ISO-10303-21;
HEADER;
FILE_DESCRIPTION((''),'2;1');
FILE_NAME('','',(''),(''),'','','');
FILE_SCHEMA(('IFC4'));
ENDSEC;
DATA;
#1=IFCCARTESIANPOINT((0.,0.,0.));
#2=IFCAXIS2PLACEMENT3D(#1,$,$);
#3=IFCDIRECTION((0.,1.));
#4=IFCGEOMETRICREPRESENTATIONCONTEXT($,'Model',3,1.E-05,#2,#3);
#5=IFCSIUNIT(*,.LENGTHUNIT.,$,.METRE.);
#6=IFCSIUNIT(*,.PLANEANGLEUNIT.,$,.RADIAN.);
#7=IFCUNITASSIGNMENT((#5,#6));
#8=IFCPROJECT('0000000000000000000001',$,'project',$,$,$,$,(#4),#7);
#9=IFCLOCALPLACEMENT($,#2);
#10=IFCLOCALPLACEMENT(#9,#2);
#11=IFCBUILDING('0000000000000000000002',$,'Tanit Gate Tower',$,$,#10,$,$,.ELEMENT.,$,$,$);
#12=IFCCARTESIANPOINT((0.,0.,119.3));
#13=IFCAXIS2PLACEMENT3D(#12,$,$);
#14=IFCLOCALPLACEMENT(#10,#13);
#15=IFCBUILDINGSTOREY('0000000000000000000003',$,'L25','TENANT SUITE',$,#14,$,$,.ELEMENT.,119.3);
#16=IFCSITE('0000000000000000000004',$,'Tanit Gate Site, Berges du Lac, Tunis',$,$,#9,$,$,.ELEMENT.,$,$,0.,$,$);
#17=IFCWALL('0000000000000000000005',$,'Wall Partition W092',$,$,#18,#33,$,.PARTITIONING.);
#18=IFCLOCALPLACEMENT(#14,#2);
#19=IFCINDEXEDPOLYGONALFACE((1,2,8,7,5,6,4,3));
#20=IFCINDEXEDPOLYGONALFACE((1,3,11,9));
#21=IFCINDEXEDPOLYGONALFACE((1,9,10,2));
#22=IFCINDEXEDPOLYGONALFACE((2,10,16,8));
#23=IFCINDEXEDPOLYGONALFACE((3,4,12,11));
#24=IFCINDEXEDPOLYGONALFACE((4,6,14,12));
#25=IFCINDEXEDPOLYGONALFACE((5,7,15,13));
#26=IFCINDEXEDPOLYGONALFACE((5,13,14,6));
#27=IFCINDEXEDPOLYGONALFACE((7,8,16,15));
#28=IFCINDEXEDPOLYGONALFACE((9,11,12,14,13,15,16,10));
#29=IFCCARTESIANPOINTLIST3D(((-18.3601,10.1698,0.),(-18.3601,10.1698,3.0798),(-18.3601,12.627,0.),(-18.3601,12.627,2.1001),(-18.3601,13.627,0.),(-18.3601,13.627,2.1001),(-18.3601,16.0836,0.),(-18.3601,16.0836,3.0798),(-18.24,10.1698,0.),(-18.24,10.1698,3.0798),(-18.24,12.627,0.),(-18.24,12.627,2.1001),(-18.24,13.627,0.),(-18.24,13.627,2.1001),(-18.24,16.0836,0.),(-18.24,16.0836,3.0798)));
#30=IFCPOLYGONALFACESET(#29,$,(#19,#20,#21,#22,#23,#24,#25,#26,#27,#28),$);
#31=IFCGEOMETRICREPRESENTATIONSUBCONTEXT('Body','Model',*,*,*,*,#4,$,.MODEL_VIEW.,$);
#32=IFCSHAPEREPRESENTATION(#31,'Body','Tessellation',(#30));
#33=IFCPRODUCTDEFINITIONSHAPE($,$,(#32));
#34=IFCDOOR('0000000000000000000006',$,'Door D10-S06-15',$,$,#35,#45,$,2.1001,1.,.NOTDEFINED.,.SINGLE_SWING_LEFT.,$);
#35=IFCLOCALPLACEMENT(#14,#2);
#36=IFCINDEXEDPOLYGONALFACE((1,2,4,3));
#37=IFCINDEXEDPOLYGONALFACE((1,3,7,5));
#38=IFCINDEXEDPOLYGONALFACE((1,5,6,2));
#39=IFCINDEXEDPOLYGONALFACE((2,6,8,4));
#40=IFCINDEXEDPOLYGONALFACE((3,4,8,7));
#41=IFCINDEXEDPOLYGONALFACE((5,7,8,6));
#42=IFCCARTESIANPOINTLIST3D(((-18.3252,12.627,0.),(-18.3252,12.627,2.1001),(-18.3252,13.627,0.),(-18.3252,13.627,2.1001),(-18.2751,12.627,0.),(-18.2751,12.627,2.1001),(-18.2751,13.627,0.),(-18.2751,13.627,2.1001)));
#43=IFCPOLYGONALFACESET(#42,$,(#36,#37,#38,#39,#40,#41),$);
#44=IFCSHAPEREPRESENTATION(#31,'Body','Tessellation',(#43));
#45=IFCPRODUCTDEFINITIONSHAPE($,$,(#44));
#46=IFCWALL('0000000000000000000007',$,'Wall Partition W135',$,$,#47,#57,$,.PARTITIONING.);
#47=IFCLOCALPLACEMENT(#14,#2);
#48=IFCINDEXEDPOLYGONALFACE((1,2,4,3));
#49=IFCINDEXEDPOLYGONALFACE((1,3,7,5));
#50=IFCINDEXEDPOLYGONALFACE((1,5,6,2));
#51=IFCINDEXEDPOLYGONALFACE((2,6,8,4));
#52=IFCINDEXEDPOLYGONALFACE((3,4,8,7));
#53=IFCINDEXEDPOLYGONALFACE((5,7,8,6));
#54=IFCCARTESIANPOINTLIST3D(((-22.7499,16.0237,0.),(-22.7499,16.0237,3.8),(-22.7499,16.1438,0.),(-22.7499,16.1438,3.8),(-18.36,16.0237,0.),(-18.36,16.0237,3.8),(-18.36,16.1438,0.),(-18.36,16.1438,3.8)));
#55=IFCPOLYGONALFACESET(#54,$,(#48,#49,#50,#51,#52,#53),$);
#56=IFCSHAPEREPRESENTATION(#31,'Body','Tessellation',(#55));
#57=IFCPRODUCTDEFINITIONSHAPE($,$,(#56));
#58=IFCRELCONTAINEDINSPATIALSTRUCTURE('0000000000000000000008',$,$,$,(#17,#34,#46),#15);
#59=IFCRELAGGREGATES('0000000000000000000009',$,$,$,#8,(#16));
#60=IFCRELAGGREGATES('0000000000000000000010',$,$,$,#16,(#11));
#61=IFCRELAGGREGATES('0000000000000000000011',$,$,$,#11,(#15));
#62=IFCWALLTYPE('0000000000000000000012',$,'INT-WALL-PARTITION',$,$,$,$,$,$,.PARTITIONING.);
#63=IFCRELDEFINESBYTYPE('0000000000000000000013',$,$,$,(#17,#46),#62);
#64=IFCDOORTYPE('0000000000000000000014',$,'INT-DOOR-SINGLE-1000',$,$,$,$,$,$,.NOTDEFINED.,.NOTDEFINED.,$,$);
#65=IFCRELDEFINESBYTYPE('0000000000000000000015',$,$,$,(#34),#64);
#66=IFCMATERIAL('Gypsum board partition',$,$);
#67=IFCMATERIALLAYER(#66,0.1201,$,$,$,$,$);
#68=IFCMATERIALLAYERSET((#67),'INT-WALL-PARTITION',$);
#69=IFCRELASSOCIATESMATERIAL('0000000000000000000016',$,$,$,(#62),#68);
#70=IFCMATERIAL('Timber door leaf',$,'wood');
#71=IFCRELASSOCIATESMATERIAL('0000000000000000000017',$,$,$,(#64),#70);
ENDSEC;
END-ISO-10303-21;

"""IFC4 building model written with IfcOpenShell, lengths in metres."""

from ifc_helpers import new_model, si_unit, direction, frame, frame_2d, origin, place, context, subcontext, project, spatial, rectangle, extrude, material, layer, layer_set, type_object, element, fill, save


model = new_model("IFC4")

# Units and contexts
model_context = context("Model", 3, precision=1e-05, world=origin(), true_north=direction((0.0, 1.0)))
body_context = subcontext(model_context, "Body", "Model", "MODEL_VIEW")
ifc_project = project(units=[si_unit("LENGTHUNIT", "METRE"), si_unit("PLANEANGLEUNIT", "RADIAN")], contexts=[model_context])

# Site, building, storey
site_placement = place(None, origin())
site = spatial("IfcSite", under=ifc_project, at=site_placement, Name="Tanit Gate Site, Berges du Lac, Tunis", CompositionType="ELEMENT", RefElevation=0.0)
building_placement = place(site_placement, origin())
building = spatial("IfcBuilding", under=site, at=building_placement, Name="Tanit Gate Tower", CompositionType="ELEMENT")
storey_placement = place(building_placement, frame((0.0, 0.0, 119.3)))
storey = spatial("IfcBuildingStorey", under=building, at=storey_placement, Name="L25", Description="TENANT SUITE", CompositionType="ELEMENT", Elevation=119.3)

# Wall, opening, door
ifc_material_1 = material(Name="Gypsum board partition")
ifc_layer_1 = layer(ifc_material_1, 0.1201)
ifc_layer_set_1 = layer_set([ifc_layer_1], Name="INT-WALL-PARTITION")
wall_type_1 = type_object("IfcWallType", Name="INT-WALL-PARTITION", PredefinedType="PARTITIONING", material=ifc_layer_set_1)
wall_1_placement = place(storey_placement, frame((-18.3, 16.0837, 0.0), z_axis=(0.0, 0.0, 1.0), x_axis=(0.0, -1.0, 0.0)))
wall_1 = element("IfcWall", 1, at=wall_1_placement, inside=storey, type_object=wall_type_1, Name="Wall Partition W092", PredefinedType="PARTITIONING", context=body_context, shape_type="SweptSolid", body=[
    extrude(rectangle(XDim=5.9138, YDim=0.1201, at=frame_2d((2.957, 0.0))), origin(), (0.0, 0.0, 1.0), 3.0798),
])
opening_1_placement = place(wall_1_placement, frame((2.4568, 0.0, 0.0)))
opening_1 = element("IfcOpeningElement", 2, at=opening_1_placement, cuts=wall_1, PredefinedType="OPENING", context=body_context, shape_type="SweptSolid", body=[
    extrude(rectangle(XDim=1.0, YDim=2.1001, at=frame_2d((0.5, 1.05))), frame((0.0, 0.0701, 0.0), z_axis=(0.0, -1.0, 0.0), x_axis=(1.0, 0.0, 0.0)), (0.0, 0.0, 1.0), 0.1401),
])
ifc_material_2 = material(Name="Timber door leaf", Category="wood")
door_type_1 = type_object("IfcDoorType", Name="INT-DOOR-SINGLE-1000", OperationType="NOTDEFINED", PredefinedType="NOTDEFINED", material=ifc_material_2)
door_1_placement = place(opening_1_placement, origin())
door_1 = element("IfcDoor", 3, at=door_1_placement, inside=storey, type_object=door_type_1, Name="Door D10-S06-15", OperationType="SINGLE_SWING_LEFT", OverallHeight=2.1001, OverallWidth=1.0, PredefinedType="NOTDEFINED", context=body_context, shape_type="SweptSolid", body=[
    extrude(rectangle(XDim=1.0, YDim=2.1001, at=frame_2d((0.5, 1.05))), frame((0.0, 0.0249, 0.0), z_axis=(0.0, -1.0, 0.0), x_axis=(1.0, 0.0, 0.0)), (0.0, 0.0, 1.0), 0.05),
])
fill(opening_1, door_1)

# Wall
wall_2_placement = place(storey_placement, frame((-18.3601, 16.0837, 0.0), z_axis=(0.0, 0.0, 1.0), x_axis=(-1.0, 0.0, 0.0)))
element("IfcWall", 4, at=wall_2_placement, inside=storey, type_object=wall_type_1, Name="Wall Partition W135", PredefinedType="PARTITIONING", context=body_context, shape_type="SweptSolid", body=[
    extrude(rectangle(XDim=4.3899, YDim=0.1201, at=frame_2d((2.1948, 0.0))), origin(), (0.0, 0.0, 1.0), 3.8),
])

save(model, "model.ifc")
